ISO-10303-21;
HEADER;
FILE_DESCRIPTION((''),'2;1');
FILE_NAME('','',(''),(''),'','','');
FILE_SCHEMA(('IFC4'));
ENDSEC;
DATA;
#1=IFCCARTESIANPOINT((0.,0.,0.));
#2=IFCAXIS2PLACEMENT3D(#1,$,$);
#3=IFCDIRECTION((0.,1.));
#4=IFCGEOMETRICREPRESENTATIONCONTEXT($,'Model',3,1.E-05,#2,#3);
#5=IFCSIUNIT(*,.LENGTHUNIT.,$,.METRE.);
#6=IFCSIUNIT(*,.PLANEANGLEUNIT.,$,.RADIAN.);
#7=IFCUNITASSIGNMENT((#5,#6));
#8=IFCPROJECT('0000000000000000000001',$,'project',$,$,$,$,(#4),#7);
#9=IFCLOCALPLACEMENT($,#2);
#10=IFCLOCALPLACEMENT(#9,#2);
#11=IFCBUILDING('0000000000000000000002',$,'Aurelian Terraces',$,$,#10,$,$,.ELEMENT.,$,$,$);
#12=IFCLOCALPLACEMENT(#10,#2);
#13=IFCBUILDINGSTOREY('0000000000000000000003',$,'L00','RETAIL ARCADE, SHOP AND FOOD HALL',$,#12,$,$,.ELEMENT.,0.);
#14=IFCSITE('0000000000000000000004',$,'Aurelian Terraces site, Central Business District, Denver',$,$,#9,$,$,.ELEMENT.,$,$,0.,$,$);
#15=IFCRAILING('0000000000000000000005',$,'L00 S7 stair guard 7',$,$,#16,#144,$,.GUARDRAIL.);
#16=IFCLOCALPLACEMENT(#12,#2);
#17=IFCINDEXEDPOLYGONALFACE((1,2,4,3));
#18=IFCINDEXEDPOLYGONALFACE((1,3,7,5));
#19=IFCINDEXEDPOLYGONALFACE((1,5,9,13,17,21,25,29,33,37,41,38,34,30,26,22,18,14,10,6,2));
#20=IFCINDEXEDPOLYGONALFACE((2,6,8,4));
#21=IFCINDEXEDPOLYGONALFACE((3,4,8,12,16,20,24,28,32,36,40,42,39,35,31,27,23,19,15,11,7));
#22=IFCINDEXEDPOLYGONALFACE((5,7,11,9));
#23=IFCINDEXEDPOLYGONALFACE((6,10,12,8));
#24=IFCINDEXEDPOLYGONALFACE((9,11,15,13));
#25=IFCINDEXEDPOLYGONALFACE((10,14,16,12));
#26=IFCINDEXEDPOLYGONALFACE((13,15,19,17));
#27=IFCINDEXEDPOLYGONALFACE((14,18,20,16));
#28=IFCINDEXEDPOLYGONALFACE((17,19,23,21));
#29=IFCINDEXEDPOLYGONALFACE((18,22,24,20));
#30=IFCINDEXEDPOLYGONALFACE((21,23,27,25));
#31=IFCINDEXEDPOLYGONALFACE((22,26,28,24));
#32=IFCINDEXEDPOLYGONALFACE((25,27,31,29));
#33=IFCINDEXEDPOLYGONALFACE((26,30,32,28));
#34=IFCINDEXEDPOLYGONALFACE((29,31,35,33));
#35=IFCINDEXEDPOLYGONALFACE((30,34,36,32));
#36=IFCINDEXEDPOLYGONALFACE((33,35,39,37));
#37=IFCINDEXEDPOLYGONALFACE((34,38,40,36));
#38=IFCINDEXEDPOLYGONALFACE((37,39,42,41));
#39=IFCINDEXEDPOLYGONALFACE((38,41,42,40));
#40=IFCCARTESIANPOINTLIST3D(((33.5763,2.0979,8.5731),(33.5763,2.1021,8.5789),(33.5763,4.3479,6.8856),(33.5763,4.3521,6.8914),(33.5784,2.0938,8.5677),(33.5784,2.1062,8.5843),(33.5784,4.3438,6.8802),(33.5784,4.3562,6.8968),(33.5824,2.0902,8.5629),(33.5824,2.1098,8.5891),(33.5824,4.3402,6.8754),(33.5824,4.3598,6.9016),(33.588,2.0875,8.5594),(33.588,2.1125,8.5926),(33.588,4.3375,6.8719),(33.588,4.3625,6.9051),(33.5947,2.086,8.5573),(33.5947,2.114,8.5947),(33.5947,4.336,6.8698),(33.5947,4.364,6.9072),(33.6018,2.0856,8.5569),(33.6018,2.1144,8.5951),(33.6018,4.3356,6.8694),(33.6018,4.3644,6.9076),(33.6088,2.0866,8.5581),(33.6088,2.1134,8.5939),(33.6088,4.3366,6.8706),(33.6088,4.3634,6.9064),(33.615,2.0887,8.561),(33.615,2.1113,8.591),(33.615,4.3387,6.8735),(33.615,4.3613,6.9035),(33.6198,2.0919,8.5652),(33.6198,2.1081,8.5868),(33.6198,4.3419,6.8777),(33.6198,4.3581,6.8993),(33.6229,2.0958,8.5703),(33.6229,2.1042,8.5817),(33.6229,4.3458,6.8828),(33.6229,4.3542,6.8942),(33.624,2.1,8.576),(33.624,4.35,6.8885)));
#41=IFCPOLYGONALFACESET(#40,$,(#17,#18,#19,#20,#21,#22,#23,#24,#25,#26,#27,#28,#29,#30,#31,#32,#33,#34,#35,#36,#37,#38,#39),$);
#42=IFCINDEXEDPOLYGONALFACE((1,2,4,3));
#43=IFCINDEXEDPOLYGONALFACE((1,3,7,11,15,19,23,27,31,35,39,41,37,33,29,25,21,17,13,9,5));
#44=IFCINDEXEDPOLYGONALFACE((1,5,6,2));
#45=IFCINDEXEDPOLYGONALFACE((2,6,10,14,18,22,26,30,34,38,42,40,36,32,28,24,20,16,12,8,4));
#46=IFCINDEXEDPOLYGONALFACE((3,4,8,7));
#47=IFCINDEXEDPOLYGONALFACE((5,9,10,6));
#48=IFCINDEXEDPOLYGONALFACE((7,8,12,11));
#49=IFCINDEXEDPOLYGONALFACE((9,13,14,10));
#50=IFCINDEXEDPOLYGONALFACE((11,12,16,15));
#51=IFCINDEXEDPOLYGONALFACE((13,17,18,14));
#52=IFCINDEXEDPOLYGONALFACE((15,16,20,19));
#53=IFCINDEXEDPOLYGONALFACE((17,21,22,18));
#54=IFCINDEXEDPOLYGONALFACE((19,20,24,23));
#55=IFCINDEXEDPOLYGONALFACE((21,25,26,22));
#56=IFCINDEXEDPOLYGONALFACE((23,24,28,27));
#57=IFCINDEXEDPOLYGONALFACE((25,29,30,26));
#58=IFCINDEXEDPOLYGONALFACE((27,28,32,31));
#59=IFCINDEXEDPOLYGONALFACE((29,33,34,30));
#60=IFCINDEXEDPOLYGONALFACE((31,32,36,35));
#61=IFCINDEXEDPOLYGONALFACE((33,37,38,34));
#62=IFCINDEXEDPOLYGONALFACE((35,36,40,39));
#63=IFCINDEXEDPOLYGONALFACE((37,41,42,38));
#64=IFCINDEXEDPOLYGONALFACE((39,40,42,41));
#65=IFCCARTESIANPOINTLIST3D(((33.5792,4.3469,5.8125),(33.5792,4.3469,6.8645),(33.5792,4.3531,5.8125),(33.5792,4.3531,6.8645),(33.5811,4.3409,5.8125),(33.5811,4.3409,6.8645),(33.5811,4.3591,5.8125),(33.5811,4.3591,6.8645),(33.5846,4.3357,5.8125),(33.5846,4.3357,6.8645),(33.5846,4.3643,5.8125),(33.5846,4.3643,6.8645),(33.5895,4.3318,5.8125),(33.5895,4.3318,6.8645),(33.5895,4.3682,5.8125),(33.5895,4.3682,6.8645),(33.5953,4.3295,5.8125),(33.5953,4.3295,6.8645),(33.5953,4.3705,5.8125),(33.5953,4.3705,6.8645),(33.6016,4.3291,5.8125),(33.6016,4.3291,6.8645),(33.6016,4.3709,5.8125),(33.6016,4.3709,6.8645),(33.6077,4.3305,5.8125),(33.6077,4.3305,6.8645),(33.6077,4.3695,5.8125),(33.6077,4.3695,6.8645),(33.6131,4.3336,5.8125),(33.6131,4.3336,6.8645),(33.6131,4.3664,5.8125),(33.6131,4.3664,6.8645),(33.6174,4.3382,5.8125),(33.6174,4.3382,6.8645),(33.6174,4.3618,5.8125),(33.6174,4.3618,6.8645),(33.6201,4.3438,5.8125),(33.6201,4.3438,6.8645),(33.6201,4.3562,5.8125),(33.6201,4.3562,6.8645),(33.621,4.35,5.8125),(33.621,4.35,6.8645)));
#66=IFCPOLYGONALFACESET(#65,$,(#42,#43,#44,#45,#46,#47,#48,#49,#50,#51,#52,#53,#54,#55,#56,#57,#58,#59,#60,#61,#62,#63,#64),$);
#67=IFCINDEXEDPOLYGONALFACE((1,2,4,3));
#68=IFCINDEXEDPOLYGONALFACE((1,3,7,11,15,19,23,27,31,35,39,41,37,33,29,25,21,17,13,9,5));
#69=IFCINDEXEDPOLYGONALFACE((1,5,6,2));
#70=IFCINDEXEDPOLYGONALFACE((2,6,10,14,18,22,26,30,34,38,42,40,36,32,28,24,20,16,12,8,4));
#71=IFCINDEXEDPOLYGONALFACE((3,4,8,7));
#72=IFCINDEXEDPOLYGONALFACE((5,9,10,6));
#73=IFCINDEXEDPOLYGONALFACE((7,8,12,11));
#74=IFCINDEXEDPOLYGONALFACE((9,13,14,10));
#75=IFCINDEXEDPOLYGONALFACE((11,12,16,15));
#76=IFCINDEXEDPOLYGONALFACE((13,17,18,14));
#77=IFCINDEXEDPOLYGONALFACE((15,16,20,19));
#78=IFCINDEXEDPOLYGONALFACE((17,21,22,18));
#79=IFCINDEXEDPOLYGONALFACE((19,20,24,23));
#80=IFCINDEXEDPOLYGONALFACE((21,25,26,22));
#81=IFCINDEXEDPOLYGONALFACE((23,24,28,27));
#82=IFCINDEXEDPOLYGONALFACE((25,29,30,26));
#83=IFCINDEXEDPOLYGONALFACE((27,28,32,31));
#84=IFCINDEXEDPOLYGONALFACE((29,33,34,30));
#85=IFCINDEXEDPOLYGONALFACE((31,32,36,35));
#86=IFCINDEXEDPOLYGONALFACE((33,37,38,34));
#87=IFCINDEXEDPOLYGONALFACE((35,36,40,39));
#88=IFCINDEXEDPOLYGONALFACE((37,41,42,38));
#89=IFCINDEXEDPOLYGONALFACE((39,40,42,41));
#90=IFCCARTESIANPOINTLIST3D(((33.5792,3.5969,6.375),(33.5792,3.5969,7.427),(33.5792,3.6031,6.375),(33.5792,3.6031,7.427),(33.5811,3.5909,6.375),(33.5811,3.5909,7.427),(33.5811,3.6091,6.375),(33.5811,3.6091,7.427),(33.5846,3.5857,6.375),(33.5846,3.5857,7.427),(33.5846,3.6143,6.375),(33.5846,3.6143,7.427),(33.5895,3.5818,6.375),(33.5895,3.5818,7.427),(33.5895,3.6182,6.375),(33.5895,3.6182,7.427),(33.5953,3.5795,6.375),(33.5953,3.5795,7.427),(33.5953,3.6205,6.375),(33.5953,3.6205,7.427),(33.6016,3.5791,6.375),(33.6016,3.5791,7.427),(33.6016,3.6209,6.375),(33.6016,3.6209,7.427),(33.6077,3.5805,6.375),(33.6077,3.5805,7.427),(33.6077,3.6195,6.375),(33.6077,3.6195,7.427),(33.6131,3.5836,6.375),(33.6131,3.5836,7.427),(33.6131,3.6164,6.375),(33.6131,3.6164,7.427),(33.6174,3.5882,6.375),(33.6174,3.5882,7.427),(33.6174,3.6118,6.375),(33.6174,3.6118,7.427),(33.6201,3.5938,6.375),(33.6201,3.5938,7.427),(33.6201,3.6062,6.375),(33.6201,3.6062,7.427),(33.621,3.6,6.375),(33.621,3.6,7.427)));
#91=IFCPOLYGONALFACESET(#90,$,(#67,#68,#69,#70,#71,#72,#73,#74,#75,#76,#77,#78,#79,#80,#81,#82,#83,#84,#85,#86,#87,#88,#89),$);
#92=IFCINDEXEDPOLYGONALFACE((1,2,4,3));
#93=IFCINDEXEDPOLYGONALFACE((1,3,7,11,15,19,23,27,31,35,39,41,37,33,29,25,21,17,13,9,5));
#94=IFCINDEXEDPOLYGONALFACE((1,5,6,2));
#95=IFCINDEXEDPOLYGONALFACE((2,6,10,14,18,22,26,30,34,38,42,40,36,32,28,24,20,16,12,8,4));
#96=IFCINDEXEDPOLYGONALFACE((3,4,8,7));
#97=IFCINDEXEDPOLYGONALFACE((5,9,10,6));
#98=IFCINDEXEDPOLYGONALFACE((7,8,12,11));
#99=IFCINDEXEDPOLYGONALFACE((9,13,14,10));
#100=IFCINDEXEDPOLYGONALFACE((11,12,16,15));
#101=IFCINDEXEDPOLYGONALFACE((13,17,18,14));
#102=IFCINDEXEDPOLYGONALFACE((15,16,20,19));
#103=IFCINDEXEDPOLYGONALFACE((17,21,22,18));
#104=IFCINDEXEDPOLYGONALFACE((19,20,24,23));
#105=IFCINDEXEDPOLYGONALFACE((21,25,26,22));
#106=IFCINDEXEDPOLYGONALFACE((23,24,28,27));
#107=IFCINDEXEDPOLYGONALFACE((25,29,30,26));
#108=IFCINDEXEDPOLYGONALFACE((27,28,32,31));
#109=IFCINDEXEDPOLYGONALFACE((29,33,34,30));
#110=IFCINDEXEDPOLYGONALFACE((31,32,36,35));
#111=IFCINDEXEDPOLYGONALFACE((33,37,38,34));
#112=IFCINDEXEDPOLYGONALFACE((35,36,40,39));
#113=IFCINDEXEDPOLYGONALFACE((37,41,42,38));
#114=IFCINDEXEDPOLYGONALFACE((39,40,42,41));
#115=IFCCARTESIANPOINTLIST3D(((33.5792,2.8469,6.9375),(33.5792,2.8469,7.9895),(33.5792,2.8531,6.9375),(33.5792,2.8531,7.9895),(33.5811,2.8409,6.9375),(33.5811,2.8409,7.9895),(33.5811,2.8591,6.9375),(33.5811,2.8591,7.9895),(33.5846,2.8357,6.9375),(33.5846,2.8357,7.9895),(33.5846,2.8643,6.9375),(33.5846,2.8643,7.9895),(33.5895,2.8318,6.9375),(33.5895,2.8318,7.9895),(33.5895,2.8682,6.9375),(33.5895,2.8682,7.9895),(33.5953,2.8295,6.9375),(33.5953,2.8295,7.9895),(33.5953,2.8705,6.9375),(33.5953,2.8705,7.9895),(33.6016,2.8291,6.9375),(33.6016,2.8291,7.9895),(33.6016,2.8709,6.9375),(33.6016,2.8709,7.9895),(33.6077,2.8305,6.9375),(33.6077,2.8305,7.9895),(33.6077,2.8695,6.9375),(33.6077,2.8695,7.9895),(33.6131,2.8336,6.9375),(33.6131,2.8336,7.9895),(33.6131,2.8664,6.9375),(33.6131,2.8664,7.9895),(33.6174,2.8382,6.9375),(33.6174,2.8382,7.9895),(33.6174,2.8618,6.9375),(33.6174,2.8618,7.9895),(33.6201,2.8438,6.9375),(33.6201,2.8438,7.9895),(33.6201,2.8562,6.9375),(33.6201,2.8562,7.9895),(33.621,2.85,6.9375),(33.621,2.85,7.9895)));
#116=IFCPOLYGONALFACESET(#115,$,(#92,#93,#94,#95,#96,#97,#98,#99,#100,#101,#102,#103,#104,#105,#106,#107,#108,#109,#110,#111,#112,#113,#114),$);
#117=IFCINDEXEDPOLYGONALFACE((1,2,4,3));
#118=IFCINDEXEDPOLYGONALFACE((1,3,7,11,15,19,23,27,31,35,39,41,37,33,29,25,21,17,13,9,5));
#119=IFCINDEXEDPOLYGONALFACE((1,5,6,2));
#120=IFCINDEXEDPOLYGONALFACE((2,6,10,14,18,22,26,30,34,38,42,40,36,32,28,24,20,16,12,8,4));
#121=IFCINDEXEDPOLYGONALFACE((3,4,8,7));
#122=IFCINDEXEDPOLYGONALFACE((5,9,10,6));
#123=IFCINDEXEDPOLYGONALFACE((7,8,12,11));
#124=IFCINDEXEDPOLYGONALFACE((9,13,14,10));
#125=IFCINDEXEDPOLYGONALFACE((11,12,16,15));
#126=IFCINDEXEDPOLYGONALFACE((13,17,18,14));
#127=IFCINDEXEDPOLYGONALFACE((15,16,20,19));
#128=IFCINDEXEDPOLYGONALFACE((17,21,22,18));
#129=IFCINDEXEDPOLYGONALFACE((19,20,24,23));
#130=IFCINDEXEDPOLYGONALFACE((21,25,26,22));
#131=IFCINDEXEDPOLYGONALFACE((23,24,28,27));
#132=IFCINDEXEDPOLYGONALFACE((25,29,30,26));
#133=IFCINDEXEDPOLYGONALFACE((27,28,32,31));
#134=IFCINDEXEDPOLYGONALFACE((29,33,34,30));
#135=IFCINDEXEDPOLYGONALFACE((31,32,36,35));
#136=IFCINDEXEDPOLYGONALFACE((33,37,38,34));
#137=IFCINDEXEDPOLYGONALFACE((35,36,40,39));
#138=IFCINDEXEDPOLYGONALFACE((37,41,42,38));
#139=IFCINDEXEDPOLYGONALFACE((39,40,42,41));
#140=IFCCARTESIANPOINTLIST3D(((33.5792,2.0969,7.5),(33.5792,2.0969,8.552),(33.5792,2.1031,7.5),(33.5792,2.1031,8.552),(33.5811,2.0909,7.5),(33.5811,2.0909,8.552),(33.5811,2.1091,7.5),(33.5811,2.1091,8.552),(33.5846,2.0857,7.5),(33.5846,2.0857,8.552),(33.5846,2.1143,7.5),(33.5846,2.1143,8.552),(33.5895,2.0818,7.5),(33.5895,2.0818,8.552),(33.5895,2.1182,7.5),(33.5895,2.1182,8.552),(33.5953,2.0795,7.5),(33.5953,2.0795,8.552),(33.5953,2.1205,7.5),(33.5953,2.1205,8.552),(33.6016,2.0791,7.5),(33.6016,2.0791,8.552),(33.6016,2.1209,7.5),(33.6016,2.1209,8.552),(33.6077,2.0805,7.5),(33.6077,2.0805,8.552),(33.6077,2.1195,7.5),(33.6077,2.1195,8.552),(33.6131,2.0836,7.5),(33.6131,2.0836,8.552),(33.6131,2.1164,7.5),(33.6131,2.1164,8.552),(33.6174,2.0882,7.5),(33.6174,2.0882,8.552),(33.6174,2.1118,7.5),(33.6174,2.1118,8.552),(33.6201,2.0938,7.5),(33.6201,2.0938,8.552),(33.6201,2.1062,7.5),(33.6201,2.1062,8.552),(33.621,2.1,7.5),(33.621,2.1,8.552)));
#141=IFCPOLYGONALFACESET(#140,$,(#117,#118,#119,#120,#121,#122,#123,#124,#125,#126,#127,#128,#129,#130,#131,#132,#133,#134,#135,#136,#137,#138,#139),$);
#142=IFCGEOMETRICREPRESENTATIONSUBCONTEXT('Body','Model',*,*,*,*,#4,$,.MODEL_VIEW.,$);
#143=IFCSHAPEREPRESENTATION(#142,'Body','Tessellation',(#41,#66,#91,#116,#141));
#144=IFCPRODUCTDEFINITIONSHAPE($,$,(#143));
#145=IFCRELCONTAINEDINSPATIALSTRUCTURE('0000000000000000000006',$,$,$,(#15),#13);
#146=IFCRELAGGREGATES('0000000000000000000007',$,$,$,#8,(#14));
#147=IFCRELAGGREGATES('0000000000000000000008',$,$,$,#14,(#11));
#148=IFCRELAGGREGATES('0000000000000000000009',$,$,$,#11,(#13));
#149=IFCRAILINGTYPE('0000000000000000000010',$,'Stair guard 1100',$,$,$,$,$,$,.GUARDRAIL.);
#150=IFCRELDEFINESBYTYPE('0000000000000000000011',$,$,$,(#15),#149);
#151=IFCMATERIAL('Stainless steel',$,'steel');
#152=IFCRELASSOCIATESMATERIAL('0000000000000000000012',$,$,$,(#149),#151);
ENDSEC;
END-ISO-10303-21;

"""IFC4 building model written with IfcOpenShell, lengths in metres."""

from ifc_helpers import new_model, si_unit, direction, frame, origin, origin_2d, place, context, subcontext, project, spatial, circle, extrude, source, transform, mapped, material, type_object, element, save


model = new_model("IFC4")

# Units and contexts
model_context = context("Model", 3, precision=1e-05, world=origin(), true_north=direction((0.0, 1.0)))
body_context = subcontext(model_context, "Body", "Model", "MODEL_VIEW")
ifc_project = project(units=[si_unit("LENGTHUNIT", "METRE"), si_unit("PLANEANGLEUNIT", "RADIAN")], contexts=[model_context])

# Site, building, storey
site_placement = place(None, origin())
site = spatial("IfcSite", under=ifc_project, at=site_placement, Name="Aurelian Terraces site, Central Business District, Denver", CompositionType="ELEMENT", RefElevation=0.0)
building_placement = place(site_placement, origin())
building = spatial("IfcBuilding", under=site, at=building_placement, Name="Aurelian Terraces", CompositionType="ELEMENT")
storey_placement = place(building_placement, origin())
storey = spatial("IfcBuildingStorey", under=building, at=storey_placement, Name="L00", Description="RETAIL ARCADE, SHOP AND FOOD HALL", CompositionType="ELEMENT", Elevation=0.0)

# Railing
ifc_material_1 = material(Name="Stainless steel", Category="steel")
railing_type_1 = type_object("IfcRailingType", Name="Stair guard 1100", PredefinedType="GUARDRAIL", material=ifc_material_1)
shared_shape_1 = source(origin(), body_context, "Body", "SweptSolid", [
    extrude(circle(Radius=0.024, at=origin_2d()), frame((0.0, 0.0, 1.076), z_axis=(0.0, -0.8, 0.6), x_axis=(1.0, 0.0, 0.0)), (0.0, 0.0, 1.0), 2.8125),
    extrude(circle(Radius=0.021, at=origin_2d()), origin(), (0.0, 0.0, 1.0), 1.052),
    extrude(circle(Radius=0.021, at=origin_2d()), frame((0.0, -0.75, 0.5625)), (0.0, 0.0, 1.0), 1.052),
    extrude(circle(Radius=0.021, at=origin_2d()), frame((0.0, -1.5, 1.125)), (0.0, 0.0, 1.0), 1.052),
    extrude(circle(Radius=0.021, at=origin_2d()), frame((0.0, -2.25, 1.6875)), (0.0, 0.0, 1.0), 1.052),
])
for number, where, name in (
    (1, (33.6, 4.35, 5.8125), "L00 S7 stair guard 7"),
):
    element("IfcRailing", number, at=place(storey_placement, frame(where)), inside=storey, type_object=railing_type_1, Name=name, PredefinedType="GUARDRAIL", context=body_context, shape_type="MappedRepresentation", body=[
        mapped(shared_shape_1, transform((0.0, 0.0, 0.0), scale=1.0)),
    ])

save(model, "model.ifc")
